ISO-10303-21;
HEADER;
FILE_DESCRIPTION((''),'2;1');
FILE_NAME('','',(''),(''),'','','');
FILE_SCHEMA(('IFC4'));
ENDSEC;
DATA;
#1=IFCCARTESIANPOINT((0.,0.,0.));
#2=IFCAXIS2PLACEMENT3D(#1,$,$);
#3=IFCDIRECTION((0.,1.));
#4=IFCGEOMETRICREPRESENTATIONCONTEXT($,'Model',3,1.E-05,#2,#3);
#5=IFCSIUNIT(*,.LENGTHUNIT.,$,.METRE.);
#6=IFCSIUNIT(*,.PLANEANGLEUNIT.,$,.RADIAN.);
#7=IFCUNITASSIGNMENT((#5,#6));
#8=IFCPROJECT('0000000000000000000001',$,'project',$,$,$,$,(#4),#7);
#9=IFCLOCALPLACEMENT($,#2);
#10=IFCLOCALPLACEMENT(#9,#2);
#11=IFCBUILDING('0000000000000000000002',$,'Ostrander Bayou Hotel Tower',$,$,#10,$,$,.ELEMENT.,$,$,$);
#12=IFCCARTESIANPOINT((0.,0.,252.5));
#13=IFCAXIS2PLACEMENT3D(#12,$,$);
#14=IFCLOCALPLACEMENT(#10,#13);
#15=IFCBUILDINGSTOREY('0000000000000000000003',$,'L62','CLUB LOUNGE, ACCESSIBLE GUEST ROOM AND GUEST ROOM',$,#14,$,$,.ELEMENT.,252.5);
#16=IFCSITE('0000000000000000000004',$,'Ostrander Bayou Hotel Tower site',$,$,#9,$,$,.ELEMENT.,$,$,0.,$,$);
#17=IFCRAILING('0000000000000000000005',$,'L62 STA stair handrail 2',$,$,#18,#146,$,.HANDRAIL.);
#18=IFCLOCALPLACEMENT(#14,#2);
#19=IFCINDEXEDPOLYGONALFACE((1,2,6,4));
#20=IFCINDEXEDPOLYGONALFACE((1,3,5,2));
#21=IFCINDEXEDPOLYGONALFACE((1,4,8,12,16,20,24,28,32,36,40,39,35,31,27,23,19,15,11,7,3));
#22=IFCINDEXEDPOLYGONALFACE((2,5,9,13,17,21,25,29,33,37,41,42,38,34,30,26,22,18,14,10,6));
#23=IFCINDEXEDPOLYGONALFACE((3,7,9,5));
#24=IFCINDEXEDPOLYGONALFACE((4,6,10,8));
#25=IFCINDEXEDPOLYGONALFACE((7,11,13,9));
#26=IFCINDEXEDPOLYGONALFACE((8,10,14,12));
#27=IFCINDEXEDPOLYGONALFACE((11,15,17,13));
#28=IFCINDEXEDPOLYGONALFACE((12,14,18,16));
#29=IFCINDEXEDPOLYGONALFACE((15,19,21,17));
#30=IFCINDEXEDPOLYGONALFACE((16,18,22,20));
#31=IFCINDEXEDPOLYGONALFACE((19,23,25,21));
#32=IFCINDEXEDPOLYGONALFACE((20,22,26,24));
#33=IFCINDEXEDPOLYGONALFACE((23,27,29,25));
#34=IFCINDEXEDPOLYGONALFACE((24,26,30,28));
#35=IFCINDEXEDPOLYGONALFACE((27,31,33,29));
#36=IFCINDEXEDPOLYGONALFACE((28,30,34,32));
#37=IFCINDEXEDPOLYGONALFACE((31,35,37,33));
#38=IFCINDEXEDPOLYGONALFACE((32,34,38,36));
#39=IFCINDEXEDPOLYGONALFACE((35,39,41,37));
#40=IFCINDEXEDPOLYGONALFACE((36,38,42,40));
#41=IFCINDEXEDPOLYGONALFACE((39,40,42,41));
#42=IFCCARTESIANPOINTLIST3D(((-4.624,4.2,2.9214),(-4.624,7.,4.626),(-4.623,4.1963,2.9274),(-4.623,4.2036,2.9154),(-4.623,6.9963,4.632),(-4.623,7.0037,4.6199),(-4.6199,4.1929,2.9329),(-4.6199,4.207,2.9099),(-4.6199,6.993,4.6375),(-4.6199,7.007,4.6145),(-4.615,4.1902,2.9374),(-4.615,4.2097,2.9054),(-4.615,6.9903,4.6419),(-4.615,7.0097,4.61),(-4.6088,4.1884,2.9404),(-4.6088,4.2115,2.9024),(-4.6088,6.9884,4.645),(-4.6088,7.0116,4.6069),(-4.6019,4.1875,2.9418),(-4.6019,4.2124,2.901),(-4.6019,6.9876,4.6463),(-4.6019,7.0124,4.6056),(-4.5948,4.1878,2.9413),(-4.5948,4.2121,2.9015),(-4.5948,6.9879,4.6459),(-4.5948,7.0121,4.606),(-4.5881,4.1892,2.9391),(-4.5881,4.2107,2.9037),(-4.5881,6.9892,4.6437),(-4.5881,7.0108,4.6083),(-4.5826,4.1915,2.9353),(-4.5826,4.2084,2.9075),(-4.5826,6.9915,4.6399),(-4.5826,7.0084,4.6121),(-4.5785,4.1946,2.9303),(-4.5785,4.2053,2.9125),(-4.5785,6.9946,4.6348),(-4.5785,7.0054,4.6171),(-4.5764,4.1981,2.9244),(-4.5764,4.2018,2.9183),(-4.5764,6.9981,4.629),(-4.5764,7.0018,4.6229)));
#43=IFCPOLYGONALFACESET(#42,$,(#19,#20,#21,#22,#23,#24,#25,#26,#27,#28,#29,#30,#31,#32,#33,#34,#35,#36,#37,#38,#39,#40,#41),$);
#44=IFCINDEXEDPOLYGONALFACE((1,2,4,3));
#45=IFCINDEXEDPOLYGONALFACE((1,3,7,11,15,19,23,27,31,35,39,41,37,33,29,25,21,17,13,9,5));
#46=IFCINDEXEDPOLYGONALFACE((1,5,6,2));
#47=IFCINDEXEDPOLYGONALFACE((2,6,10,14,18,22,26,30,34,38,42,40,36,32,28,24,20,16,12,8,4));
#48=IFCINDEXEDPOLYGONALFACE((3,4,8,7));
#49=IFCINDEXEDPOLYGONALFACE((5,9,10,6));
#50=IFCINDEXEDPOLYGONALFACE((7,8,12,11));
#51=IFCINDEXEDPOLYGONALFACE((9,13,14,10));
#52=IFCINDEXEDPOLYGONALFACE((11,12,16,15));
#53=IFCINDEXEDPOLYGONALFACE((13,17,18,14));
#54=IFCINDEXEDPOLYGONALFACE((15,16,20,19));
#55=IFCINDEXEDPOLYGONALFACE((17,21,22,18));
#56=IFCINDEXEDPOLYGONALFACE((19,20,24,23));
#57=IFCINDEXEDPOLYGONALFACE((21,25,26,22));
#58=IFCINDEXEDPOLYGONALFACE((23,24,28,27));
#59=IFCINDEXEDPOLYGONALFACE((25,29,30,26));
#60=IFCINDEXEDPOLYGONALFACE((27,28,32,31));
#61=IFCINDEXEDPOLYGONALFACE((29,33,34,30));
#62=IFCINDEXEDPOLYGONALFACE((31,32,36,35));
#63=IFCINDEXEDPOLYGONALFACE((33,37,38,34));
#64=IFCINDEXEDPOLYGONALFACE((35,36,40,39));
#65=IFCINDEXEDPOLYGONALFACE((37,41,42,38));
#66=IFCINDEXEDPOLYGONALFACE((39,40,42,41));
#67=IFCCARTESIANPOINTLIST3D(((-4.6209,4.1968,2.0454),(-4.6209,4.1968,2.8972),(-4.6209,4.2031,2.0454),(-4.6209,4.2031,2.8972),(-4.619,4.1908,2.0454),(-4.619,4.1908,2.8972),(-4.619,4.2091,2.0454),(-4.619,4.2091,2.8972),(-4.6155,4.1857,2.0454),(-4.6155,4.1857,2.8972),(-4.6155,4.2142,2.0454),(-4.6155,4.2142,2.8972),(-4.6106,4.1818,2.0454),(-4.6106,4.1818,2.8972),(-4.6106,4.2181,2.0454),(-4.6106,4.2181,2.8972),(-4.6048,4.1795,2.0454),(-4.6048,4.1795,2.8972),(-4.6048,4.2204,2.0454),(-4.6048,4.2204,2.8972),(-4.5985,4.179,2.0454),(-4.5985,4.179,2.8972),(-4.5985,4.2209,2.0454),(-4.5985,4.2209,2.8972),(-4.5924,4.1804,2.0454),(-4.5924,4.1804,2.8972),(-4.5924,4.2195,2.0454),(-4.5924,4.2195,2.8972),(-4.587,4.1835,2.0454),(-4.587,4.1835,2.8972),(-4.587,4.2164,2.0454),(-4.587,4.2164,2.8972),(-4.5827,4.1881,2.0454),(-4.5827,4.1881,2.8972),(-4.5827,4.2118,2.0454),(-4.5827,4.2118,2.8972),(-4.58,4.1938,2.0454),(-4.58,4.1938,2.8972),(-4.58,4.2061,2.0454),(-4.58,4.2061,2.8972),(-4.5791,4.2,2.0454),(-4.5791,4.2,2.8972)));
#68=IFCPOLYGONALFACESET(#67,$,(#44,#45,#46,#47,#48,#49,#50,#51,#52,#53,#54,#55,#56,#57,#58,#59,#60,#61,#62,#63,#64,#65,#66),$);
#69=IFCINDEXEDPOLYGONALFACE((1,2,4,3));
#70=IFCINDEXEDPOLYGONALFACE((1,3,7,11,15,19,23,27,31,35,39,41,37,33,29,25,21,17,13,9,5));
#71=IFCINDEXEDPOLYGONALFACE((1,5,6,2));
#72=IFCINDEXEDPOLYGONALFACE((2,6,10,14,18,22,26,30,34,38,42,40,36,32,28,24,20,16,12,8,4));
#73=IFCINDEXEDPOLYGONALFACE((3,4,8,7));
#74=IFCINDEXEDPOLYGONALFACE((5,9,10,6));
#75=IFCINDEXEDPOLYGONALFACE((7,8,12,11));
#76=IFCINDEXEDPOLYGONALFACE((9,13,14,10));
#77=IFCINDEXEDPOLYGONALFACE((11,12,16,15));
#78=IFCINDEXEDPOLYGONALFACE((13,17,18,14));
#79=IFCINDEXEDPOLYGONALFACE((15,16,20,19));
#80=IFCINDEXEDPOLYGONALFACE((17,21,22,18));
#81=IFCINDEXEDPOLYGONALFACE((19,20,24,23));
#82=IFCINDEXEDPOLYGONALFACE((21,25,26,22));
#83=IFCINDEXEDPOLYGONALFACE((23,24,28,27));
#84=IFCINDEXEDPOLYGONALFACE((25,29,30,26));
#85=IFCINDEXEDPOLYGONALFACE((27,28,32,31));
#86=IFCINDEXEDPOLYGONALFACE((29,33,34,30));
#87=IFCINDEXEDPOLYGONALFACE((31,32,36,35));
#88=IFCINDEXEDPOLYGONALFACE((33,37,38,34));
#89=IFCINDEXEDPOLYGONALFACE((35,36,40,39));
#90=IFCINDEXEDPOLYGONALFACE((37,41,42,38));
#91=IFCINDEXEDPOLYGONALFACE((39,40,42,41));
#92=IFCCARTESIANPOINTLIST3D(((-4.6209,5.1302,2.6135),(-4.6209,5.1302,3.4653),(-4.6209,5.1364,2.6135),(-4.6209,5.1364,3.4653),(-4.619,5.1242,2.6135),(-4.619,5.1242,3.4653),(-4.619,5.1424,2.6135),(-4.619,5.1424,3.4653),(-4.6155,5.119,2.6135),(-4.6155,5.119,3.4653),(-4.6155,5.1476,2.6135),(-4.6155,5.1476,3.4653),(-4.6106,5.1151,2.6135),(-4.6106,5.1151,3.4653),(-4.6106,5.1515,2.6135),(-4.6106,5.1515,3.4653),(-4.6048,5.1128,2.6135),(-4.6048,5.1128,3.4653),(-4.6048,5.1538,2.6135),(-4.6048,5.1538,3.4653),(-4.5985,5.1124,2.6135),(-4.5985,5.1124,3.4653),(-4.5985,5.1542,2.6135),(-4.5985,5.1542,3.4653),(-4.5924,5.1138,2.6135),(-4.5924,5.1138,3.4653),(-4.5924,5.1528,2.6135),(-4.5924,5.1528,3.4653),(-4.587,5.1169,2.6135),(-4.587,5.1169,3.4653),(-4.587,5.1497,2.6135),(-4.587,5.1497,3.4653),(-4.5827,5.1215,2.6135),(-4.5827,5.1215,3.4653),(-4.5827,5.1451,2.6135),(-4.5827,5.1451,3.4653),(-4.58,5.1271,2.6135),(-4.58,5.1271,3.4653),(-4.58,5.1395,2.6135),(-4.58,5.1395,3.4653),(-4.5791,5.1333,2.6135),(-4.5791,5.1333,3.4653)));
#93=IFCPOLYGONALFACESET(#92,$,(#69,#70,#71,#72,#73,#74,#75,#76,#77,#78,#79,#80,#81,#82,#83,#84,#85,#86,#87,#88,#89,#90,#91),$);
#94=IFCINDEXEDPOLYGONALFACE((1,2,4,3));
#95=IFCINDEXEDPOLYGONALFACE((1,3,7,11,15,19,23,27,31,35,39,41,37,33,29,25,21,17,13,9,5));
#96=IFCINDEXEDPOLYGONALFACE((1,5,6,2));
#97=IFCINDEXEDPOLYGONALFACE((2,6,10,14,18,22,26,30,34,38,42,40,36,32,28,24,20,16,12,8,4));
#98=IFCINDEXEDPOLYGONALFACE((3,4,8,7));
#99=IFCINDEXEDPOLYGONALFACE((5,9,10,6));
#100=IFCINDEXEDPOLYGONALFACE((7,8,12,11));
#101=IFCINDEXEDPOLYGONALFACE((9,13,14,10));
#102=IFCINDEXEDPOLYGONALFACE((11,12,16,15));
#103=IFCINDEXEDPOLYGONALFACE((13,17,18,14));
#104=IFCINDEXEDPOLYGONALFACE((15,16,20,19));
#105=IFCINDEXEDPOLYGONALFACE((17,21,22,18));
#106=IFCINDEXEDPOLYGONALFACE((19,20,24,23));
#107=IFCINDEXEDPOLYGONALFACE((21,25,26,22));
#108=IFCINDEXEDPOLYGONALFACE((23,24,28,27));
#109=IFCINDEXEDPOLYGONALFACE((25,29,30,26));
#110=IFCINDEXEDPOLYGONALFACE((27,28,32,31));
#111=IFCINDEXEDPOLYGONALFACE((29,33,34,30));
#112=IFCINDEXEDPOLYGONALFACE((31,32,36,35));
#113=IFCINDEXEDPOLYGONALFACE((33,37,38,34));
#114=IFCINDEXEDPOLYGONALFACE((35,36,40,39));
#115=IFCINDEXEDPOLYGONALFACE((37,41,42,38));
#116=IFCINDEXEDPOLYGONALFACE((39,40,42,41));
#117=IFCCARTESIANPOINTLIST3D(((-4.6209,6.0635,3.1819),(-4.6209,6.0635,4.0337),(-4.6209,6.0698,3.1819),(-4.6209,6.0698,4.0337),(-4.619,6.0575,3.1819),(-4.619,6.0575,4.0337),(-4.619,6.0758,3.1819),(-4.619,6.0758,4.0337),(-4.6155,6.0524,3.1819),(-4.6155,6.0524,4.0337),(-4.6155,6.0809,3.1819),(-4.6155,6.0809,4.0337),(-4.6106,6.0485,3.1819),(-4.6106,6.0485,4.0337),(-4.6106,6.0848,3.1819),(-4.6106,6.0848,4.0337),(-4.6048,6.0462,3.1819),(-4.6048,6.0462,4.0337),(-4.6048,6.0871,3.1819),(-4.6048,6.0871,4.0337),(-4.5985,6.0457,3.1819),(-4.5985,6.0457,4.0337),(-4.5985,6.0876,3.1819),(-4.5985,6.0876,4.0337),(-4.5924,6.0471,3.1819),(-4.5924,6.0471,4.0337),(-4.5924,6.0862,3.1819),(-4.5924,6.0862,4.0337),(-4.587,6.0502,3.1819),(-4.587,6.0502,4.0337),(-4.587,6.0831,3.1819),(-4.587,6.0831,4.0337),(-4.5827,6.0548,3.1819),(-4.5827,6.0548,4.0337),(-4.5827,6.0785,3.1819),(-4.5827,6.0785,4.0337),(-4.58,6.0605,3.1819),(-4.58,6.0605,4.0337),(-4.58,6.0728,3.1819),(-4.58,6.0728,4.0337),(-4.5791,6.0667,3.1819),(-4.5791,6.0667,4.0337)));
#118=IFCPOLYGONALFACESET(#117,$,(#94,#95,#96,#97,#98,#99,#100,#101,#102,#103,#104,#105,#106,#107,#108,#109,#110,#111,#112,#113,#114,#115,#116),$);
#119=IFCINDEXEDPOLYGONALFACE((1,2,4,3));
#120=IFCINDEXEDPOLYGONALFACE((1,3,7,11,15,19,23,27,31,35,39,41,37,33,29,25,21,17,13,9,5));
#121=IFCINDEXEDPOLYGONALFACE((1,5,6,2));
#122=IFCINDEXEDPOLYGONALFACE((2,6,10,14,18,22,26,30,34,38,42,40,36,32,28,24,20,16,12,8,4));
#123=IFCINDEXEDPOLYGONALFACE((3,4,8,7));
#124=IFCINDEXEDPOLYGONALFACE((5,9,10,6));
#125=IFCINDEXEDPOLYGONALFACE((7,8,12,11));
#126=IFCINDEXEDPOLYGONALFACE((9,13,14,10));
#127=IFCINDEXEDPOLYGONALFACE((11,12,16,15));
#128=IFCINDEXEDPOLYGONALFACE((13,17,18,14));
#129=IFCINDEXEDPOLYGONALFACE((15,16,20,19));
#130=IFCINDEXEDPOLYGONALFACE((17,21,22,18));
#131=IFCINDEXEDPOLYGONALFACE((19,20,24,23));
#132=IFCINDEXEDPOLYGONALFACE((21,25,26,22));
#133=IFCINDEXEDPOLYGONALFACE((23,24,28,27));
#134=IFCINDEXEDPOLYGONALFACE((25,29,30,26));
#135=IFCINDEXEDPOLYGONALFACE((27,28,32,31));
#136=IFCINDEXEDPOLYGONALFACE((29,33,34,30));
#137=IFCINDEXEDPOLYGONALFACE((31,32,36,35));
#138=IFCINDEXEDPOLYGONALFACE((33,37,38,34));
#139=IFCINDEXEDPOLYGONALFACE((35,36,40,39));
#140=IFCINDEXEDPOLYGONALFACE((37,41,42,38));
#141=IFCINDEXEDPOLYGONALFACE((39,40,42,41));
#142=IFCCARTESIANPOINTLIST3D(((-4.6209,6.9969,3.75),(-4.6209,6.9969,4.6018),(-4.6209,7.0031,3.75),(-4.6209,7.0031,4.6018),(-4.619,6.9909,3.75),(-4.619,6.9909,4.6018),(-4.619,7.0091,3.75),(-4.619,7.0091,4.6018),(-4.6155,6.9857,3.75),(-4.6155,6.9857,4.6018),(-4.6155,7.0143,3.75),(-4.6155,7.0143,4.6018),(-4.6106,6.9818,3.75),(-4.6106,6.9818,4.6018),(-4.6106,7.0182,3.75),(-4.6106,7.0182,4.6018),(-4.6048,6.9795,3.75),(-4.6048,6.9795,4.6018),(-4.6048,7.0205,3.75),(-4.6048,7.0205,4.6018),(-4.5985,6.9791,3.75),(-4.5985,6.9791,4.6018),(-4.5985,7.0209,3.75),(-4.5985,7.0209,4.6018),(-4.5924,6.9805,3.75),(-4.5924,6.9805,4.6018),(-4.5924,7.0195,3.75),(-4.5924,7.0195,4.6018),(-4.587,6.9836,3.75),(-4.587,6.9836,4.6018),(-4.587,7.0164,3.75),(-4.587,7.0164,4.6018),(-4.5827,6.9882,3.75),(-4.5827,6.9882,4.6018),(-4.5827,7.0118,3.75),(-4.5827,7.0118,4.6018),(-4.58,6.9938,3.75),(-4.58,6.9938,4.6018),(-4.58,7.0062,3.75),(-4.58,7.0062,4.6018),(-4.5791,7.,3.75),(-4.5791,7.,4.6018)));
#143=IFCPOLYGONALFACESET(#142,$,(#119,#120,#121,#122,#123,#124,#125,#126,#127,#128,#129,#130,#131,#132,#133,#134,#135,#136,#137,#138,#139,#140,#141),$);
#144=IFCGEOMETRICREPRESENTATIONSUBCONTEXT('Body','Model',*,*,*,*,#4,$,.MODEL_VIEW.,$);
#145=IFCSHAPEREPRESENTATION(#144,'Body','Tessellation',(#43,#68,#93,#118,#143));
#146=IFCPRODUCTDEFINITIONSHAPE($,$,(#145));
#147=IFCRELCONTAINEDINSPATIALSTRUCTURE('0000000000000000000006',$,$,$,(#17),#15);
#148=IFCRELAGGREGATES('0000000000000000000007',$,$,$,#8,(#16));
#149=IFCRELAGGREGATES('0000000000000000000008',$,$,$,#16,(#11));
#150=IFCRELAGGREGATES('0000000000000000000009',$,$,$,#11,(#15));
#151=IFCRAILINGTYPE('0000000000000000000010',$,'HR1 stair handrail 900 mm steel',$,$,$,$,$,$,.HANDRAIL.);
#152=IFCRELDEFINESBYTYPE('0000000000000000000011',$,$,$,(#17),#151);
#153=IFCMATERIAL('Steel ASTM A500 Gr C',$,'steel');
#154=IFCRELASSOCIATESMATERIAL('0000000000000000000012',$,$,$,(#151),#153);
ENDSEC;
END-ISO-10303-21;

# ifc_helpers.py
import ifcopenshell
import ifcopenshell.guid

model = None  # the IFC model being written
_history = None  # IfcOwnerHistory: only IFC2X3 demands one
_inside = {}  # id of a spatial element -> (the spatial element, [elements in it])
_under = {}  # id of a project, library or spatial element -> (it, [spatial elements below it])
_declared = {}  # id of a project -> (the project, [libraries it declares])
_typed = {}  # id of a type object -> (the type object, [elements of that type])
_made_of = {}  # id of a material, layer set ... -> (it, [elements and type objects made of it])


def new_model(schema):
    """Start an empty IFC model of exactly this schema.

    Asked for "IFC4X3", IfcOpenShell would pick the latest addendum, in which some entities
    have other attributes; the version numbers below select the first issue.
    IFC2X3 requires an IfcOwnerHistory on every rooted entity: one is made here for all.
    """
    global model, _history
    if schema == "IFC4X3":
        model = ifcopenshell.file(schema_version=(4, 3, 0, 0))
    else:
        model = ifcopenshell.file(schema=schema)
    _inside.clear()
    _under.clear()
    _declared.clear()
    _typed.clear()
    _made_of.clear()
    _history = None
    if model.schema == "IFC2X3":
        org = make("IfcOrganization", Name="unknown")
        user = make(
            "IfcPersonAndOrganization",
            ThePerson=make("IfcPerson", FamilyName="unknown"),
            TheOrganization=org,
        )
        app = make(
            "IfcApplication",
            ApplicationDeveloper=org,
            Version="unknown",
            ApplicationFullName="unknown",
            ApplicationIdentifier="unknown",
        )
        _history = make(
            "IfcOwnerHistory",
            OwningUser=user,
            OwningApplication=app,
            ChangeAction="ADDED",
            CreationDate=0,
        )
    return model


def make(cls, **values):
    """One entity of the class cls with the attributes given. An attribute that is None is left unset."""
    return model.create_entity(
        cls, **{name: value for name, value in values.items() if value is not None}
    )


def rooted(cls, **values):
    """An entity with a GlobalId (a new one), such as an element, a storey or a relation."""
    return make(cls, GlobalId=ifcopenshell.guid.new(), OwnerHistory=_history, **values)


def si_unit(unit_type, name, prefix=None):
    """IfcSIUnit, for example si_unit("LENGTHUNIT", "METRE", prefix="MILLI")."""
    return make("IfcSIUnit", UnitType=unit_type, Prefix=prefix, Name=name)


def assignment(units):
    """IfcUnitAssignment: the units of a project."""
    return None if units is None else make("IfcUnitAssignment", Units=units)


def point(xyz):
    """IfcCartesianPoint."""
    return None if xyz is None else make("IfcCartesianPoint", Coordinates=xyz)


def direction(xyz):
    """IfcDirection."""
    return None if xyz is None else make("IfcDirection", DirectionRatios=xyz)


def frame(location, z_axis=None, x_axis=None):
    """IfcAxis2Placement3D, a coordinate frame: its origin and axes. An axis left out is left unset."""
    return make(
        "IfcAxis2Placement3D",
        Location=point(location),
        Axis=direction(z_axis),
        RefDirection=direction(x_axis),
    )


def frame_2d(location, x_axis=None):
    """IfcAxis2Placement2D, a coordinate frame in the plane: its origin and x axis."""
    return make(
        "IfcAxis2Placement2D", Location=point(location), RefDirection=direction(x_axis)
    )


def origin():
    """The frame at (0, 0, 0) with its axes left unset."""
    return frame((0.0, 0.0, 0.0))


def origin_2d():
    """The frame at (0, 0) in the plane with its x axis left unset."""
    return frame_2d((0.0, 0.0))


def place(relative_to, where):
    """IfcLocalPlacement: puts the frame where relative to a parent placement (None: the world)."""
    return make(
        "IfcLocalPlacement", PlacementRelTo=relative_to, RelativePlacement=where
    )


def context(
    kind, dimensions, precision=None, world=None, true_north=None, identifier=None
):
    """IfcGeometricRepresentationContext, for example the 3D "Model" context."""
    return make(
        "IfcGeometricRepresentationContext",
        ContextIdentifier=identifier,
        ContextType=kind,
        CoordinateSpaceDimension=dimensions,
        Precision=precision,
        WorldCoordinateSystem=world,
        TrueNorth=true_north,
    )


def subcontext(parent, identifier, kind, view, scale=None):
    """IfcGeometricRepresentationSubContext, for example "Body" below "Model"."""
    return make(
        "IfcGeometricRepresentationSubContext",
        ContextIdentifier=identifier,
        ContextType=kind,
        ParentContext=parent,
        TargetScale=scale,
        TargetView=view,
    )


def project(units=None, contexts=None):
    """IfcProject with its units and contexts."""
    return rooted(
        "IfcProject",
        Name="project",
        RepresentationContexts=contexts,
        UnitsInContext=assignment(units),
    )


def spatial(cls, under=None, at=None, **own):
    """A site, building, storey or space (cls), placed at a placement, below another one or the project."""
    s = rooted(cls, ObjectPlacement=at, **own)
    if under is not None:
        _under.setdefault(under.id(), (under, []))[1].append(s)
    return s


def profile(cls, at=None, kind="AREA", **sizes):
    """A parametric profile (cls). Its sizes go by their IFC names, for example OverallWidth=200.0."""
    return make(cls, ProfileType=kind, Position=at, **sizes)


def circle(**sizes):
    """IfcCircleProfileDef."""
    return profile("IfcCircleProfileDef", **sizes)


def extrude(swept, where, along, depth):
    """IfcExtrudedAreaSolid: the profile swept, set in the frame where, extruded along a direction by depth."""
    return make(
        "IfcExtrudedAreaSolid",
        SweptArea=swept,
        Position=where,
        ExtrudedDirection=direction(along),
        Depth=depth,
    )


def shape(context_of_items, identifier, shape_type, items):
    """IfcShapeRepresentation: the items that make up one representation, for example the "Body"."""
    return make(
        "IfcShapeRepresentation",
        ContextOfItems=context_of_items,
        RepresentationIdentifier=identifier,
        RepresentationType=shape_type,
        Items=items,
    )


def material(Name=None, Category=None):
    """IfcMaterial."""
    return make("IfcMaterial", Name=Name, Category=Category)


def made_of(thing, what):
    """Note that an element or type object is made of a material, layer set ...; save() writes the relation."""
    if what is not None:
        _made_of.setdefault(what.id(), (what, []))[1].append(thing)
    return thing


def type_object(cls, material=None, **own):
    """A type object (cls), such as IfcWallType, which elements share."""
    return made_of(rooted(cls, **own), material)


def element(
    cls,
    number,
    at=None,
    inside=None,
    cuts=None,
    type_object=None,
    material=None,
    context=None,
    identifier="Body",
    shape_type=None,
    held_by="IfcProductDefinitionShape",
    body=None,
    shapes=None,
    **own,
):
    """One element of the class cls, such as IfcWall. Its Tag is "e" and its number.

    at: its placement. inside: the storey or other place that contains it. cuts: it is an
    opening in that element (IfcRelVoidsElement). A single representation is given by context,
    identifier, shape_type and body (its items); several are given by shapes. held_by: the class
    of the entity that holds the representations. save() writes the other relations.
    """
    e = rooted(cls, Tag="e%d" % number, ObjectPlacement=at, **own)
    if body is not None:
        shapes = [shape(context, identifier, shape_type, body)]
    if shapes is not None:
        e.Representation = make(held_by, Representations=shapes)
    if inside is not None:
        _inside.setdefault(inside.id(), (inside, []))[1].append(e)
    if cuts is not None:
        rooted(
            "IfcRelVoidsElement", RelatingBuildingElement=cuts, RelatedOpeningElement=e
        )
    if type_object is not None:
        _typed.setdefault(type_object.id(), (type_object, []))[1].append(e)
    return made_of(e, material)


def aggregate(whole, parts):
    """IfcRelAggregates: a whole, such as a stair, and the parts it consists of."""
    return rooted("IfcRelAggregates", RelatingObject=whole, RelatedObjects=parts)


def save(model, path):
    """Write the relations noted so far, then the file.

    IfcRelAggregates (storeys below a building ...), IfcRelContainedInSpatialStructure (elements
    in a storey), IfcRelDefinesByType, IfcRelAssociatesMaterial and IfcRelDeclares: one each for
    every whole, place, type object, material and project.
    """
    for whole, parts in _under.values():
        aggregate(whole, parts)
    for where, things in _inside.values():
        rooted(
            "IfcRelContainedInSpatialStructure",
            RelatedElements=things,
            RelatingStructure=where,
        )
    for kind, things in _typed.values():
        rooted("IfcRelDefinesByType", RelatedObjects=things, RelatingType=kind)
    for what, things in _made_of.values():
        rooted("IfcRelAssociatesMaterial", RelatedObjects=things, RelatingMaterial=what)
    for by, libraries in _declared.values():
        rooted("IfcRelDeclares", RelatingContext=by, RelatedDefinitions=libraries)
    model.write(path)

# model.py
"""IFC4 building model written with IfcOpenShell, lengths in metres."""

from ifc_helpers import new_model, si_unit, direction, frame, origin, origin_2d, place, context, subcontext, project, spatial, circle, extrude, material, type_object, element, save


model = new_model("IFC4")

# Units and contexts
model_context = context("Model", 3, precision=1e-05, world=origin(), true_north=direction((0.0, 1.0)))
body_context = subcontext(model_context, "Body", "Model", "MODEL_VIEW")
ifc_project = project(units=[si_unit("LENGTHUNIT", "METRE"), si_unit("PLANEANGLEUNIT", "RADIAN")], contexts=[model_context])

# Site, building, storey
site_placement = place(None, origin())
site = spatial("IfcSite", under=ifc_project, at=site_placement, Name="Ostrander Bayou Hotel Tower site", CompositionType="ELEMENT", RefElevation=0.0)
building_placement = place(site_placement, origin())
building = spatial("IfcBuilding", under=site, at=building_placement, Name="Ostrander Bayou Hotel Tower", CompositionType="ELEMENT")
storey_placement = place(building_placement, frame((0.0, 0.0, 252.5)))
storey = spatial("IfcBuildingStorey", under=building, at=storey_placement, Name="L62", Description="CLUB LOUNGE, ACCESSIBLE GUEST ROOM AND GUEST ROOM", CompositionType="ELEMENT", Elevation=252.5)

# Railing
ifc_material_1 = material(Name="Steel ASTM A500 Gr C", Category="steel")
railing_type_1 = type_object("IfcRailingType", Name="HR1 stair handrail 900 mm steel", PredefinedType="HANDRAIL", material=ifc_material_1)
railing_1_placement = place(storey_placement, frame((-4.6001, 4.2, 2.0454)))
element("IfcRailing", 1, at=railing_1_placement, inside=storey, type_object=railing_type_1, Name="L62 STA stair handrail 2", PredefinedType="HANDRAIL", context=body_context, shape_type="SweptSolid", body=[
    extrude(circle(Radius=0.0239, at=origin_2d()), frame((0.0, 0.0, 0.876), z_axis=(0.0, 0.85417, 0.519994), x_axis=(-1.0, 0.0, 0.0)), (0.0, 0.0, 1.0), 3.2781),
    extrude(circle(Radius=0.021, at=origin_2d()), origin(), (0.0, 0.0, 1.0), 0.8518),
    extrude(circle(Radius=0.021, at=origin_2d()), frame((0.0, 0.9333, 0.5681)), (0.0, 0.0, 1.0), 0.8518),
    extrude(circle(Radius=0.021, at=origin_2d()), frame((0.0, 1.8667, 1.1365)), (0.0, 0.0, 1.0), 0.8518),
    extrude(circle(Radius=0.021, at=origin_2d()), frame((0.0, 2.8, 1.7046)), (0.0, 0.0, 1.0), 0.8518),
])

save(model, "model.ifc")
